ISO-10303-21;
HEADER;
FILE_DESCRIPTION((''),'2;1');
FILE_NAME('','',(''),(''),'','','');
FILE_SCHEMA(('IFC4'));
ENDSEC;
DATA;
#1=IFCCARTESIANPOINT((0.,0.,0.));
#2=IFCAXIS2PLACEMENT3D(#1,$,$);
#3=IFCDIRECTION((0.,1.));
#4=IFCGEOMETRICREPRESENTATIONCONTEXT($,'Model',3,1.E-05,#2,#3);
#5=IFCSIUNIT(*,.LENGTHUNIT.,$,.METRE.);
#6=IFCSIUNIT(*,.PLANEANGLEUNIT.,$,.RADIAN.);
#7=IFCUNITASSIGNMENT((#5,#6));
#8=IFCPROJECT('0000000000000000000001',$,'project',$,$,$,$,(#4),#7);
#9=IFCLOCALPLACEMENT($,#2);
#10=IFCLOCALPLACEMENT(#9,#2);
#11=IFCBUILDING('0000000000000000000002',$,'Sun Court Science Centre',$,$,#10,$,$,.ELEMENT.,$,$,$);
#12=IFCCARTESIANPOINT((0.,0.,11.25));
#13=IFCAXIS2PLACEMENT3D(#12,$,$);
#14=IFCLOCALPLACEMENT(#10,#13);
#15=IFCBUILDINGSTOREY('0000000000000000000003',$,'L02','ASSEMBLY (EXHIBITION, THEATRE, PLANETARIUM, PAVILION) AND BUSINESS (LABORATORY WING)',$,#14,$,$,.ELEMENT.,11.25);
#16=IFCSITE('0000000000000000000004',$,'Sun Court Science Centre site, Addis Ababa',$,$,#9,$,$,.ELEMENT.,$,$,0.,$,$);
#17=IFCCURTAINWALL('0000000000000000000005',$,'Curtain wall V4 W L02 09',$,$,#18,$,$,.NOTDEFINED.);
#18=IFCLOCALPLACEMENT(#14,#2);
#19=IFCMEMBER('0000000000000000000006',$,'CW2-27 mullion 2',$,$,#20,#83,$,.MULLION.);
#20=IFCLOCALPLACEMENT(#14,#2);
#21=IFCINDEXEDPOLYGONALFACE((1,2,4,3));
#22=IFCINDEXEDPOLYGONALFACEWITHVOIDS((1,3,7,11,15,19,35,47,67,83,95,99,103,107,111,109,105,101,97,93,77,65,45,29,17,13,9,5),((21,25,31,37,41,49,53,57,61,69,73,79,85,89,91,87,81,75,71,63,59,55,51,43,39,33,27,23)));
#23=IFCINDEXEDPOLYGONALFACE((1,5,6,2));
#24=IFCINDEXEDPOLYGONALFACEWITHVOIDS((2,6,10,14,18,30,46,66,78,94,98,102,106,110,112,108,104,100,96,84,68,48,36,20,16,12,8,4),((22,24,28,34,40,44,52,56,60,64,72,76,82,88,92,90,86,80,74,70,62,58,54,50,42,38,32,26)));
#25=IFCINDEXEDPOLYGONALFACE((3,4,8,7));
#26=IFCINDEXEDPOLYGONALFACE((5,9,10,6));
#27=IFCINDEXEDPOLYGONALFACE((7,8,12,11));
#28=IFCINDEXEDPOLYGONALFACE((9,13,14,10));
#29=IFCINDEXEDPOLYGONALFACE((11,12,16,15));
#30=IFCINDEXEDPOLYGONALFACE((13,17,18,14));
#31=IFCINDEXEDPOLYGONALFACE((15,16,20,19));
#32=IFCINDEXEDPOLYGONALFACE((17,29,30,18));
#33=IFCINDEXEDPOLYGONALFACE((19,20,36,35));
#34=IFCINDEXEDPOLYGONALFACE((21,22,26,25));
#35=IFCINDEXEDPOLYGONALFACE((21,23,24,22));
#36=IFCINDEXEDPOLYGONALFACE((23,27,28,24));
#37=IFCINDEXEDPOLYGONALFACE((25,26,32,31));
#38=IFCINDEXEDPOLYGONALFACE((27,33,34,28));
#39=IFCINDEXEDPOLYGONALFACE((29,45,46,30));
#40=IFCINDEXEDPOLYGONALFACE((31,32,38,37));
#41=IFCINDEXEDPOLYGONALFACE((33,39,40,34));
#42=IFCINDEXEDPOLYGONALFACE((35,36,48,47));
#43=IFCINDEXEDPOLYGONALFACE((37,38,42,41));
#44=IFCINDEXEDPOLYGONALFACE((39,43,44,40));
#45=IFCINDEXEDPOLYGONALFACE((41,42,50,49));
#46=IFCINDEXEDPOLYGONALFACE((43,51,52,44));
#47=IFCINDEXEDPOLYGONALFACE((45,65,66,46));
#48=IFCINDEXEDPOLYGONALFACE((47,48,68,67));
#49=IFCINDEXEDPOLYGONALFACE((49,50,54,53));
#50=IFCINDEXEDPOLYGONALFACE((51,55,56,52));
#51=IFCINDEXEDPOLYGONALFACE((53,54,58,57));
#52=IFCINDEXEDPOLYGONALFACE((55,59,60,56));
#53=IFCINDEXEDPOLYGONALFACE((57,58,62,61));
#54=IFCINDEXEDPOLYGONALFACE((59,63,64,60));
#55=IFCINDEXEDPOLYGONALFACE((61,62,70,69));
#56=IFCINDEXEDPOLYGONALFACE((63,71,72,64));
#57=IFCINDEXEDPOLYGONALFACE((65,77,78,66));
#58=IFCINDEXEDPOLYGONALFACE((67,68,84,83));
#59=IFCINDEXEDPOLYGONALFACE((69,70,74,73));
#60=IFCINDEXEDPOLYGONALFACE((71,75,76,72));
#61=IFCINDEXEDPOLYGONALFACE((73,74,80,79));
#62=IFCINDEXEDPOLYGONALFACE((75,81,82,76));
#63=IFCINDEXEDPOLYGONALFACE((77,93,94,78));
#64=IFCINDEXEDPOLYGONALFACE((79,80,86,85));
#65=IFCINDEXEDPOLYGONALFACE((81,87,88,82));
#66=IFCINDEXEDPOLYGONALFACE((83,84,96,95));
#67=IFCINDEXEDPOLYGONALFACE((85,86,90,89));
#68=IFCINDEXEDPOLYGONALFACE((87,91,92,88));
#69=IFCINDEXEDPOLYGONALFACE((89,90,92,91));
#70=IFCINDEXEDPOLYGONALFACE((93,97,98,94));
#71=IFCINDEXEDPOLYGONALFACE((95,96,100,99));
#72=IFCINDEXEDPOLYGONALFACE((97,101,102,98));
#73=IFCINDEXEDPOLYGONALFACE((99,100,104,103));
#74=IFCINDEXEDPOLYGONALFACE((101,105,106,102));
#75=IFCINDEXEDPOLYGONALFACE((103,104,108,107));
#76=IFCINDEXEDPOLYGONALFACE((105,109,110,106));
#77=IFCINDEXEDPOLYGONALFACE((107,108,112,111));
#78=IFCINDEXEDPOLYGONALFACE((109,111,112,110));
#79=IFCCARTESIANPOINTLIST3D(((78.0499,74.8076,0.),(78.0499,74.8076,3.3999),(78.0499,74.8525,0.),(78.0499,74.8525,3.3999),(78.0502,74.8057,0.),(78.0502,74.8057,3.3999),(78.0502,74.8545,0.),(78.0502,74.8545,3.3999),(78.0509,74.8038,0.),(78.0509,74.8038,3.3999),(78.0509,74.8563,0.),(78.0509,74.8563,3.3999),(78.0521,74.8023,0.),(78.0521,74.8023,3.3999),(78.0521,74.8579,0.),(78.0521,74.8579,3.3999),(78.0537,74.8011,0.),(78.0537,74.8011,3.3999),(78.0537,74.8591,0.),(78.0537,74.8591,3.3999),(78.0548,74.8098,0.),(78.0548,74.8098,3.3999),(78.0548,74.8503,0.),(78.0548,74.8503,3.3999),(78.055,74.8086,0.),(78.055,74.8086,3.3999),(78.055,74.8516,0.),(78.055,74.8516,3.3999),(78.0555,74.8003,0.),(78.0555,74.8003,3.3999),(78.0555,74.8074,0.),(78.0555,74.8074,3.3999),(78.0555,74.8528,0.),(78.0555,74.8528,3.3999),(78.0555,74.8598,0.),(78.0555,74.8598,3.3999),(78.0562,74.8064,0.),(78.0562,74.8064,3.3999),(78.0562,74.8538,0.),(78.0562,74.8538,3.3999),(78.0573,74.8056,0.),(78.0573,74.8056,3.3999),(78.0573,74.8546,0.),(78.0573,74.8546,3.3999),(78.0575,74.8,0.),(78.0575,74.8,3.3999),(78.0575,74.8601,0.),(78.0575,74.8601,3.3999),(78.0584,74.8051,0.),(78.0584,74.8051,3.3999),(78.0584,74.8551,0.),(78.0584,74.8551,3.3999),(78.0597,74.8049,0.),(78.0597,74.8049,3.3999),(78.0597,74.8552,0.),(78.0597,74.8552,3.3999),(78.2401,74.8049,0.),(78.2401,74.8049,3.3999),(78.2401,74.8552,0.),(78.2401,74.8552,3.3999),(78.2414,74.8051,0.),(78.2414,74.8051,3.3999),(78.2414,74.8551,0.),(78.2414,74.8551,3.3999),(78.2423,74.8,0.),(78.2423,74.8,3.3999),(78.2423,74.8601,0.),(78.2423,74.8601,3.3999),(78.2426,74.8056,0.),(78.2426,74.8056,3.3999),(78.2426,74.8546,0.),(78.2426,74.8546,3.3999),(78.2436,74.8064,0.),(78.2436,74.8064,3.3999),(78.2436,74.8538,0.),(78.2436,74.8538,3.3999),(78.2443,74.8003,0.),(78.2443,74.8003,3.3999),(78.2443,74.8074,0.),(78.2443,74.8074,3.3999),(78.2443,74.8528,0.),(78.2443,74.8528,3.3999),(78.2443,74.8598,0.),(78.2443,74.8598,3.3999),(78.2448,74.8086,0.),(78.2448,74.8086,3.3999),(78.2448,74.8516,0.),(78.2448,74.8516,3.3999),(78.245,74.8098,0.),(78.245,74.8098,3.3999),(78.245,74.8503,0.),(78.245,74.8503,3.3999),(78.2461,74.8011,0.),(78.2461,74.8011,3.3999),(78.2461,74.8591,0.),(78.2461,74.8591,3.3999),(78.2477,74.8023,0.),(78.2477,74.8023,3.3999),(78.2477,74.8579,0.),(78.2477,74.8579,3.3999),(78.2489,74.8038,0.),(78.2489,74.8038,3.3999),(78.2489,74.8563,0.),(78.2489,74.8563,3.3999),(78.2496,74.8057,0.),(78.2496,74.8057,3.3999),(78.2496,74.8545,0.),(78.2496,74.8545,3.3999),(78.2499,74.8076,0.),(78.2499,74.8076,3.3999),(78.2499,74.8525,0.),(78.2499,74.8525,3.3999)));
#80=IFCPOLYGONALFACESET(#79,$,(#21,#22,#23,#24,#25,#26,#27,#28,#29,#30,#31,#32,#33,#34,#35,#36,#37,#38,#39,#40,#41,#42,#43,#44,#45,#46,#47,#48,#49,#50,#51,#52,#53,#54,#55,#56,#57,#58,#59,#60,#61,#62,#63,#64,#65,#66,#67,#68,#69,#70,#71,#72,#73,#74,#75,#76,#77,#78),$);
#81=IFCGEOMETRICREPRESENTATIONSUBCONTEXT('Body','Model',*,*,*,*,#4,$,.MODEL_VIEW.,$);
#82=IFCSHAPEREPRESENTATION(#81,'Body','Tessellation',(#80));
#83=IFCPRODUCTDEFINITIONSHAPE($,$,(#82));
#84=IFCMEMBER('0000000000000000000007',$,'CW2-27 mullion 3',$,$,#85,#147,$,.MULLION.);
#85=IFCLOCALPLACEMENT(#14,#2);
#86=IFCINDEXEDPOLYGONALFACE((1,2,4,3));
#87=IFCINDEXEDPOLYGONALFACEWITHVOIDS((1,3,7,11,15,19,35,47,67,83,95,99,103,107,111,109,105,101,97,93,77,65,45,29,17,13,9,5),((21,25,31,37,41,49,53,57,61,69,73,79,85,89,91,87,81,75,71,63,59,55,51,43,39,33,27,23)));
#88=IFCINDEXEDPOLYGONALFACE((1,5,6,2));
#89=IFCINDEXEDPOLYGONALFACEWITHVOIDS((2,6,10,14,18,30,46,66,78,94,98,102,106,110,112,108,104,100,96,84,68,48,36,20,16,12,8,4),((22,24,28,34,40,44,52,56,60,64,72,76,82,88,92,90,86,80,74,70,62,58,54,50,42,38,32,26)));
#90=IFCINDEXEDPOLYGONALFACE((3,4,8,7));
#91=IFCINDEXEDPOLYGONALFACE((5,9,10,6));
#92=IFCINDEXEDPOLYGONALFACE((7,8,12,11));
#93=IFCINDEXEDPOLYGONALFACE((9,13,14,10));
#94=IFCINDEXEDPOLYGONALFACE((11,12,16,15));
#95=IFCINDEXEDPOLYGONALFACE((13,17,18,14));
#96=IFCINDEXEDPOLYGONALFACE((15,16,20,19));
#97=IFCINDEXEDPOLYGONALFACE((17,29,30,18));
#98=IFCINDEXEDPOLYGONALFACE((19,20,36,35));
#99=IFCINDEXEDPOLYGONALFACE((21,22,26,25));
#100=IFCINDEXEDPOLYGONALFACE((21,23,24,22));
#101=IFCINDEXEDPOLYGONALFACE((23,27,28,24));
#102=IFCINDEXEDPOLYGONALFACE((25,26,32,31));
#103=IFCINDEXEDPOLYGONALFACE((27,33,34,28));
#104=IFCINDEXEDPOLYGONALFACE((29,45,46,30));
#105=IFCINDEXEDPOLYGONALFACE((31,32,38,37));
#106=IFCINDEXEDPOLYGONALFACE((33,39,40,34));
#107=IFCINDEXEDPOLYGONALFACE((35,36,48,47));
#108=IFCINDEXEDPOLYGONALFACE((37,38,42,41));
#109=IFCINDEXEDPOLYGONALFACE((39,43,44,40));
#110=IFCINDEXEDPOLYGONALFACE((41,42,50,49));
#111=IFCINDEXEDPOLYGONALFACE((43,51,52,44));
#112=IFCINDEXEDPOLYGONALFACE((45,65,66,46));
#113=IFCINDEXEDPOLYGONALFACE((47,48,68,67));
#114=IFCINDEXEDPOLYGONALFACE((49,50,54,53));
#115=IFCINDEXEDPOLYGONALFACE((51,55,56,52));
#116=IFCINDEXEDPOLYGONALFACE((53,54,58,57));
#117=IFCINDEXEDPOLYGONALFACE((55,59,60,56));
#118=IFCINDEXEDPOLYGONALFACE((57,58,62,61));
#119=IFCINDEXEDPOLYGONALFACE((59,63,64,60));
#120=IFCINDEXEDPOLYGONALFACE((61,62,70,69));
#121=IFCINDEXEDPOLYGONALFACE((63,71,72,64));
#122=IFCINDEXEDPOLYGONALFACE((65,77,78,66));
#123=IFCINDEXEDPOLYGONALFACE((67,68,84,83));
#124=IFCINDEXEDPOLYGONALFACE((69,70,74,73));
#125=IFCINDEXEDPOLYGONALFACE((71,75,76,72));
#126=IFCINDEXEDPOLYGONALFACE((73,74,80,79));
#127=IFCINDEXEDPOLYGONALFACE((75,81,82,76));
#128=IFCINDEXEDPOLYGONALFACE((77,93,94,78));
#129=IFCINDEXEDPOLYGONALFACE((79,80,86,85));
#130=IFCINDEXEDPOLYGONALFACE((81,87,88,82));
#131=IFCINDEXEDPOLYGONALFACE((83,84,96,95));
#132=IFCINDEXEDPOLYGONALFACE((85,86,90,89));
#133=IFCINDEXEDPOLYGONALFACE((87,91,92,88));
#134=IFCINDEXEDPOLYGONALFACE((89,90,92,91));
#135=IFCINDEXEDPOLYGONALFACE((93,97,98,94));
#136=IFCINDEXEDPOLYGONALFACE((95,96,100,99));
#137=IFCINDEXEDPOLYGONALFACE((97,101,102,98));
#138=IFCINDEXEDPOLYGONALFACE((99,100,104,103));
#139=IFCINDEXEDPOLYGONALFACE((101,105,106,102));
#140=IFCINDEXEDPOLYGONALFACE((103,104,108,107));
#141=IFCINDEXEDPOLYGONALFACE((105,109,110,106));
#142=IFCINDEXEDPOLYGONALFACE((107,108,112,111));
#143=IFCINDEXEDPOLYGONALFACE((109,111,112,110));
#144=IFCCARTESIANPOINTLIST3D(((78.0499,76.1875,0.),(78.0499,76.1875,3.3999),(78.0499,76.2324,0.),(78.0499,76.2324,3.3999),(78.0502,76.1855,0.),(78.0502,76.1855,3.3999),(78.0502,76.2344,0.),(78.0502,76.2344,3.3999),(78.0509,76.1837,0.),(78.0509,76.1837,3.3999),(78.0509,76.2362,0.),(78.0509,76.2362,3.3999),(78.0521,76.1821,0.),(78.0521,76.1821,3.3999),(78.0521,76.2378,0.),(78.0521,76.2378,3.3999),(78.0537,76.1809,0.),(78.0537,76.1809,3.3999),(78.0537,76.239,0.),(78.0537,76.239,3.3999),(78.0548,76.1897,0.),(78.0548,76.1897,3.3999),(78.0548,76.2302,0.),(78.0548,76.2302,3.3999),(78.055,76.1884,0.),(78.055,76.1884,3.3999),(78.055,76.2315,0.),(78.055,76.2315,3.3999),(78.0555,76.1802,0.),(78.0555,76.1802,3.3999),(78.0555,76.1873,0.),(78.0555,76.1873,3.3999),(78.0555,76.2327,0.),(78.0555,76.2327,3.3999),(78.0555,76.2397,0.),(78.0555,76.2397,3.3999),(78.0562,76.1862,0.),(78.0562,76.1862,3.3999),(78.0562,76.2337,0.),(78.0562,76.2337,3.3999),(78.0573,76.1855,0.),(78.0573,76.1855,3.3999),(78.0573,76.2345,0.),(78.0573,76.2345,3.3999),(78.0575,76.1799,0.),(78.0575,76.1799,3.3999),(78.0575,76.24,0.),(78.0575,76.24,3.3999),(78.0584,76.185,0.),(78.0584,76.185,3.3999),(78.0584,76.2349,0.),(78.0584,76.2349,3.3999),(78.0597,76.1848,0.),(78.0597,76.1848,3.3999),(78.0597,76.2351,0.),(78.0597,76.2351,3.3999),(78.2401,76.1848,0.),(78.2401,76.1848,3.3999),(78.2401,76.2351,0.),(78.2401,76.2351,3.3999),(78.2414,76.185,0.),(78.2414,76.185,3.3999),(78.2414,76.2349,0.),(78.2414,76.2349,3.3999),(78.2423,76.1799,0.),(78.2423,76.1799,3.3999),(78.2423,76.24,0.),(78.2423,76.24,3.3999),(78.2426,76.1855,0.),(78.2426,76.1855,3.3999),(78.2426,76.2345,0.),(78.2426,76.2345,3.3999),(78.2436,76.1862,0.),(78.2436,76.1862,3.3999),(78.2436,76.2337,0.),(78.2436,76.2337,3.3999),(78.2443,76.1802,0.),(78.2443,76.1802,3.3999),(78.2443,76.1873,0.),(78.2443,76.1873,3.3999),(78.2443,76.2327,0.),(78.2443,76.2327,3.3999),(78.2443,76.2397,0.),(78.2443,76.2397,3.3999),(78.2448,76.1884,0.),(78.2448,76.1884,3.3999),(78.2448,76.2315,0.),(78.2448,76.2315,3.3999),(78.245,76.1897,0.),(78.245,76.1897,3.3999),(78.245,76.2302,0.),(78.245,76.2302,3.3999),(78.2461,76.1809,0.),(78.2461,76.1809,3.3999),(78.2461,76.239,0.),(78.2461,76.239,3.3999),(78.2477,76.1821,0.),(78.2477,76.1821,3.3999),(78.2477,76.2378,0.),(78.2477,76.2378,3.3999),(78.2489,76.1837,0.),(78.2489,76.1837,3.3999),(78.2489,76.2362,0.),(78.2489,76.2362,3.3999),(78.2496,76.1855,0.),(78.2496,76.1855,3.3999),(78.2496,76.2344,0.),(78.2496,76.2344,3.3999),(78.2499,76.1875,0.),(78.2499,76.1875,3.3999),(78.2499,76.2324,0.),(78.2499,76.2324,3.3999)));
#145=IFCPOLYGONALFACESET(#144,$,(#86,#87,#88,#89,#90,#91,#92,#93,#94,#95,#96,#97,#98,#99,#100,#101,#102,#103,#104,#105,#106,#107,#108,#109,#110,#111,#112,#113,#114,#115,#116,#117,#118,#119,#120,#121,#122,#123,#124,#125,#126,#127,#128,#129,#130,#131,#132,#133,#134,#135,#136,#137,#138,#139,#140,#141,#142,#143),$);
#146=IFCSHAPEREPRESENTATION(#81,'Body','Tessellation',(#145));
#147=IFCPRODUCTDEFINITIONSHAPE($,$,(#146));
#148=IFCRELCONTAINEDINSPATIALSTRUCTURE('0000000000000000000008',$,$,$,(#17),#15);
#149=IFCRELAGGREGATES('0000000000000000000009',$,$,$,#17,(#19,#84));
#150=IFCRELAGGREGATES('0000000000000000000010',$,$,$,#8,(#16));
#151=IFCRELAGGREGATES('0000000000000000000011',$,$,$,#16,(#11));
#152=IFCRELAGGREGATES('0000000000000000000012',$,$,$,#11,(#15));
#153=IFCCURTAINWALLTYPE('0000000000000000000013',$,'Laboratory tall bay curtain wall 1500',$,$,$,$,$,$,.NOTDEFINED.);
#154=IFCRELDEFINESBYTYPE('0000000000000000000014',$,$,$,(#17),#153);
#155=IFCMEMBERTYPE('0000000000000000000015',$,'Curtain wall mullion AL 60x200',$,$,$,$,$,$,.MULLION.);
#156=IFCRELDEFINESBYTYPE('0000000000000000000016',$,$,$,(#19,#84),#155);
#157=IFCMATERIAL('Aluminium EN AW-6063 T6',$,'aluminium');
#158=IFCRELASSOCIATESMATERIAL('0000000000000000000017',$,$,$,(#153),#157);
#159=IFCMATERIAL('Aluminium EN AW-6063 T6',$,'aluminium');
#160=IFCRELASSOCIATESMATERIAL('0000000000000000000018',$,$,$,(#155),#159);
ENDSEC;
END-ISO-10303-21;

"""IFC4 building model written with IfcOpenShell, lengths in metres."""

from ifc_helpers import new_model, si_unit, direction, frame, origin, origin_2d, place, context, subcontext, project, spatial, hollow_rectangle, extrude, material, material_profile, profile_set, type_object, element, aggregate, save


model = new_model("IFC4")

# Units and contexts
model_context = context("Model", 3, precision=1e-05, world=origin(), true_north=direction((0.0, 1.0)))
body_context = subcontext(model_context, "Body", "Model", "MODEL_VIEW")
ifc_project = project(units=[si_unit("LENGTHUNIT", "METRE"), si_unit("PLANEANGLEUNIT", "RADIAN")], contexts=[model_context])

# Site, building, storey
site_placement = place(None, origin())
site = spatial("IfcSite", under=ifc_project, at=site_placement, Name="Sun Court Science Centre site, Addis Ababa", CompositionType="ELEMENT", RefElevation=0.0)
building_placement = place(site_placement, origin())
building = spatial("IfcBuilding", under=site, at=building_placement, Name="Sun Court Science Centre", CompositionType="ELEMENT")
storey_placement = place(building_placement, frame((0.0, 0.0, 11.25)))
storey = spatial("IfcBuildingStorey", under=building, at=storey_placement, Name="L02", Description="ASSEMBLY (EXHIBITION, THEATRE, PLANETARIUM, PAVILION) AND BUSINESS (LABORATORY WING)", CompositionType="ELEMENT", Elevation=11.25)

# Curtain wall, members
ifc_material_1 = material(Name="Aluminium EN AW-6063 T6", Category="aluminium")
curtain_wall_type = type_object("IfcCurtainWallType", Name="Laboratory tall bay curtain wall 1500", PredefinedType="NOTDEFINED", material=ifc_material_1)
curtain_wall_placement = place(storey_placement, origin())
curtain_wall = element("IfcCurtainWall", 1, at=curtain_wall_placement, inside=storey, type_object=curtain_wall_type, Name="Curtain wall V4 W L02 09", PredefinedType="NOTDEFINED")
ifc_material_2 = material(Name="Aluminium EN AW-6063 T6", Category="aluminium")
ifc_material_profile_1 = material_profile(ifc_material_2, hollow_rectangle(XDim=0.0601, YDim=0.2, WallThickness=0.0049, InnerFilletRadius=0.0049, OuterFilletRadius=0.0076, at=origin_2d()), Name="AL 60x200x5")
ifc_profile_set_1 = profile_set([ifc_material_profile_1], Name="Aluminium EN AW-6063 T6")
member_type_1 = type_object("IfcMemberType", Name="Curtain wall mullion AL 60x200", PredefinedType="MULLION", material=ifc_profile_set_1)
member_1_placement = place(storey_placement, frame((78.1499, 74.8301, 0.0), z_axis=(0.0, 0.0, 1.0), x_axis=(0.0, 1.0, 0.0)))
member_1 = element("IfcMember", 2, at=member_1_placement, type_object=member_type_1, Name="CW2-27 mullion 2", PredefinedType="MULLION", context=body_context, shape_type="SweptSolid", body=[
    extrude(hollow_rectangle(XDim=0.0601, YDim=0.2, WallThickness=0.0049, InnerFilletRadius=0.0049, OuterFilletRadius=0.0076, at=origin_2d()), origin(), (0.0, 0.0, 1.0), 3.3999),
])
member_2_placement = place(storey_placement, frame((78.1499, 76.21, 0.0), z_axis=(0.0, 0.0, 1.0), x_axis=(0.0, 1.0, 0.0)))
member_2 = element("IfcMember", 3, at=member_2_placement, type_object=member_type_1, Name="CW2-27 mullion 3", PredefinedType="MULLION", context=body_context, shape_type="SweptSolid", body=[
    extrude(hollow_rectangle(XDim=0.0601, YDim=0.2, WallThickness=0.0049, InnerFilletRadius=0.0049, OuterFilletRadius=0.0076, at=origin_2d()), origin(), (0.0, 0.0, 1.0), 3.3999),
])

aggregate(curtain_wall, [member_1, member_2])

save(model, "model.ifc")
